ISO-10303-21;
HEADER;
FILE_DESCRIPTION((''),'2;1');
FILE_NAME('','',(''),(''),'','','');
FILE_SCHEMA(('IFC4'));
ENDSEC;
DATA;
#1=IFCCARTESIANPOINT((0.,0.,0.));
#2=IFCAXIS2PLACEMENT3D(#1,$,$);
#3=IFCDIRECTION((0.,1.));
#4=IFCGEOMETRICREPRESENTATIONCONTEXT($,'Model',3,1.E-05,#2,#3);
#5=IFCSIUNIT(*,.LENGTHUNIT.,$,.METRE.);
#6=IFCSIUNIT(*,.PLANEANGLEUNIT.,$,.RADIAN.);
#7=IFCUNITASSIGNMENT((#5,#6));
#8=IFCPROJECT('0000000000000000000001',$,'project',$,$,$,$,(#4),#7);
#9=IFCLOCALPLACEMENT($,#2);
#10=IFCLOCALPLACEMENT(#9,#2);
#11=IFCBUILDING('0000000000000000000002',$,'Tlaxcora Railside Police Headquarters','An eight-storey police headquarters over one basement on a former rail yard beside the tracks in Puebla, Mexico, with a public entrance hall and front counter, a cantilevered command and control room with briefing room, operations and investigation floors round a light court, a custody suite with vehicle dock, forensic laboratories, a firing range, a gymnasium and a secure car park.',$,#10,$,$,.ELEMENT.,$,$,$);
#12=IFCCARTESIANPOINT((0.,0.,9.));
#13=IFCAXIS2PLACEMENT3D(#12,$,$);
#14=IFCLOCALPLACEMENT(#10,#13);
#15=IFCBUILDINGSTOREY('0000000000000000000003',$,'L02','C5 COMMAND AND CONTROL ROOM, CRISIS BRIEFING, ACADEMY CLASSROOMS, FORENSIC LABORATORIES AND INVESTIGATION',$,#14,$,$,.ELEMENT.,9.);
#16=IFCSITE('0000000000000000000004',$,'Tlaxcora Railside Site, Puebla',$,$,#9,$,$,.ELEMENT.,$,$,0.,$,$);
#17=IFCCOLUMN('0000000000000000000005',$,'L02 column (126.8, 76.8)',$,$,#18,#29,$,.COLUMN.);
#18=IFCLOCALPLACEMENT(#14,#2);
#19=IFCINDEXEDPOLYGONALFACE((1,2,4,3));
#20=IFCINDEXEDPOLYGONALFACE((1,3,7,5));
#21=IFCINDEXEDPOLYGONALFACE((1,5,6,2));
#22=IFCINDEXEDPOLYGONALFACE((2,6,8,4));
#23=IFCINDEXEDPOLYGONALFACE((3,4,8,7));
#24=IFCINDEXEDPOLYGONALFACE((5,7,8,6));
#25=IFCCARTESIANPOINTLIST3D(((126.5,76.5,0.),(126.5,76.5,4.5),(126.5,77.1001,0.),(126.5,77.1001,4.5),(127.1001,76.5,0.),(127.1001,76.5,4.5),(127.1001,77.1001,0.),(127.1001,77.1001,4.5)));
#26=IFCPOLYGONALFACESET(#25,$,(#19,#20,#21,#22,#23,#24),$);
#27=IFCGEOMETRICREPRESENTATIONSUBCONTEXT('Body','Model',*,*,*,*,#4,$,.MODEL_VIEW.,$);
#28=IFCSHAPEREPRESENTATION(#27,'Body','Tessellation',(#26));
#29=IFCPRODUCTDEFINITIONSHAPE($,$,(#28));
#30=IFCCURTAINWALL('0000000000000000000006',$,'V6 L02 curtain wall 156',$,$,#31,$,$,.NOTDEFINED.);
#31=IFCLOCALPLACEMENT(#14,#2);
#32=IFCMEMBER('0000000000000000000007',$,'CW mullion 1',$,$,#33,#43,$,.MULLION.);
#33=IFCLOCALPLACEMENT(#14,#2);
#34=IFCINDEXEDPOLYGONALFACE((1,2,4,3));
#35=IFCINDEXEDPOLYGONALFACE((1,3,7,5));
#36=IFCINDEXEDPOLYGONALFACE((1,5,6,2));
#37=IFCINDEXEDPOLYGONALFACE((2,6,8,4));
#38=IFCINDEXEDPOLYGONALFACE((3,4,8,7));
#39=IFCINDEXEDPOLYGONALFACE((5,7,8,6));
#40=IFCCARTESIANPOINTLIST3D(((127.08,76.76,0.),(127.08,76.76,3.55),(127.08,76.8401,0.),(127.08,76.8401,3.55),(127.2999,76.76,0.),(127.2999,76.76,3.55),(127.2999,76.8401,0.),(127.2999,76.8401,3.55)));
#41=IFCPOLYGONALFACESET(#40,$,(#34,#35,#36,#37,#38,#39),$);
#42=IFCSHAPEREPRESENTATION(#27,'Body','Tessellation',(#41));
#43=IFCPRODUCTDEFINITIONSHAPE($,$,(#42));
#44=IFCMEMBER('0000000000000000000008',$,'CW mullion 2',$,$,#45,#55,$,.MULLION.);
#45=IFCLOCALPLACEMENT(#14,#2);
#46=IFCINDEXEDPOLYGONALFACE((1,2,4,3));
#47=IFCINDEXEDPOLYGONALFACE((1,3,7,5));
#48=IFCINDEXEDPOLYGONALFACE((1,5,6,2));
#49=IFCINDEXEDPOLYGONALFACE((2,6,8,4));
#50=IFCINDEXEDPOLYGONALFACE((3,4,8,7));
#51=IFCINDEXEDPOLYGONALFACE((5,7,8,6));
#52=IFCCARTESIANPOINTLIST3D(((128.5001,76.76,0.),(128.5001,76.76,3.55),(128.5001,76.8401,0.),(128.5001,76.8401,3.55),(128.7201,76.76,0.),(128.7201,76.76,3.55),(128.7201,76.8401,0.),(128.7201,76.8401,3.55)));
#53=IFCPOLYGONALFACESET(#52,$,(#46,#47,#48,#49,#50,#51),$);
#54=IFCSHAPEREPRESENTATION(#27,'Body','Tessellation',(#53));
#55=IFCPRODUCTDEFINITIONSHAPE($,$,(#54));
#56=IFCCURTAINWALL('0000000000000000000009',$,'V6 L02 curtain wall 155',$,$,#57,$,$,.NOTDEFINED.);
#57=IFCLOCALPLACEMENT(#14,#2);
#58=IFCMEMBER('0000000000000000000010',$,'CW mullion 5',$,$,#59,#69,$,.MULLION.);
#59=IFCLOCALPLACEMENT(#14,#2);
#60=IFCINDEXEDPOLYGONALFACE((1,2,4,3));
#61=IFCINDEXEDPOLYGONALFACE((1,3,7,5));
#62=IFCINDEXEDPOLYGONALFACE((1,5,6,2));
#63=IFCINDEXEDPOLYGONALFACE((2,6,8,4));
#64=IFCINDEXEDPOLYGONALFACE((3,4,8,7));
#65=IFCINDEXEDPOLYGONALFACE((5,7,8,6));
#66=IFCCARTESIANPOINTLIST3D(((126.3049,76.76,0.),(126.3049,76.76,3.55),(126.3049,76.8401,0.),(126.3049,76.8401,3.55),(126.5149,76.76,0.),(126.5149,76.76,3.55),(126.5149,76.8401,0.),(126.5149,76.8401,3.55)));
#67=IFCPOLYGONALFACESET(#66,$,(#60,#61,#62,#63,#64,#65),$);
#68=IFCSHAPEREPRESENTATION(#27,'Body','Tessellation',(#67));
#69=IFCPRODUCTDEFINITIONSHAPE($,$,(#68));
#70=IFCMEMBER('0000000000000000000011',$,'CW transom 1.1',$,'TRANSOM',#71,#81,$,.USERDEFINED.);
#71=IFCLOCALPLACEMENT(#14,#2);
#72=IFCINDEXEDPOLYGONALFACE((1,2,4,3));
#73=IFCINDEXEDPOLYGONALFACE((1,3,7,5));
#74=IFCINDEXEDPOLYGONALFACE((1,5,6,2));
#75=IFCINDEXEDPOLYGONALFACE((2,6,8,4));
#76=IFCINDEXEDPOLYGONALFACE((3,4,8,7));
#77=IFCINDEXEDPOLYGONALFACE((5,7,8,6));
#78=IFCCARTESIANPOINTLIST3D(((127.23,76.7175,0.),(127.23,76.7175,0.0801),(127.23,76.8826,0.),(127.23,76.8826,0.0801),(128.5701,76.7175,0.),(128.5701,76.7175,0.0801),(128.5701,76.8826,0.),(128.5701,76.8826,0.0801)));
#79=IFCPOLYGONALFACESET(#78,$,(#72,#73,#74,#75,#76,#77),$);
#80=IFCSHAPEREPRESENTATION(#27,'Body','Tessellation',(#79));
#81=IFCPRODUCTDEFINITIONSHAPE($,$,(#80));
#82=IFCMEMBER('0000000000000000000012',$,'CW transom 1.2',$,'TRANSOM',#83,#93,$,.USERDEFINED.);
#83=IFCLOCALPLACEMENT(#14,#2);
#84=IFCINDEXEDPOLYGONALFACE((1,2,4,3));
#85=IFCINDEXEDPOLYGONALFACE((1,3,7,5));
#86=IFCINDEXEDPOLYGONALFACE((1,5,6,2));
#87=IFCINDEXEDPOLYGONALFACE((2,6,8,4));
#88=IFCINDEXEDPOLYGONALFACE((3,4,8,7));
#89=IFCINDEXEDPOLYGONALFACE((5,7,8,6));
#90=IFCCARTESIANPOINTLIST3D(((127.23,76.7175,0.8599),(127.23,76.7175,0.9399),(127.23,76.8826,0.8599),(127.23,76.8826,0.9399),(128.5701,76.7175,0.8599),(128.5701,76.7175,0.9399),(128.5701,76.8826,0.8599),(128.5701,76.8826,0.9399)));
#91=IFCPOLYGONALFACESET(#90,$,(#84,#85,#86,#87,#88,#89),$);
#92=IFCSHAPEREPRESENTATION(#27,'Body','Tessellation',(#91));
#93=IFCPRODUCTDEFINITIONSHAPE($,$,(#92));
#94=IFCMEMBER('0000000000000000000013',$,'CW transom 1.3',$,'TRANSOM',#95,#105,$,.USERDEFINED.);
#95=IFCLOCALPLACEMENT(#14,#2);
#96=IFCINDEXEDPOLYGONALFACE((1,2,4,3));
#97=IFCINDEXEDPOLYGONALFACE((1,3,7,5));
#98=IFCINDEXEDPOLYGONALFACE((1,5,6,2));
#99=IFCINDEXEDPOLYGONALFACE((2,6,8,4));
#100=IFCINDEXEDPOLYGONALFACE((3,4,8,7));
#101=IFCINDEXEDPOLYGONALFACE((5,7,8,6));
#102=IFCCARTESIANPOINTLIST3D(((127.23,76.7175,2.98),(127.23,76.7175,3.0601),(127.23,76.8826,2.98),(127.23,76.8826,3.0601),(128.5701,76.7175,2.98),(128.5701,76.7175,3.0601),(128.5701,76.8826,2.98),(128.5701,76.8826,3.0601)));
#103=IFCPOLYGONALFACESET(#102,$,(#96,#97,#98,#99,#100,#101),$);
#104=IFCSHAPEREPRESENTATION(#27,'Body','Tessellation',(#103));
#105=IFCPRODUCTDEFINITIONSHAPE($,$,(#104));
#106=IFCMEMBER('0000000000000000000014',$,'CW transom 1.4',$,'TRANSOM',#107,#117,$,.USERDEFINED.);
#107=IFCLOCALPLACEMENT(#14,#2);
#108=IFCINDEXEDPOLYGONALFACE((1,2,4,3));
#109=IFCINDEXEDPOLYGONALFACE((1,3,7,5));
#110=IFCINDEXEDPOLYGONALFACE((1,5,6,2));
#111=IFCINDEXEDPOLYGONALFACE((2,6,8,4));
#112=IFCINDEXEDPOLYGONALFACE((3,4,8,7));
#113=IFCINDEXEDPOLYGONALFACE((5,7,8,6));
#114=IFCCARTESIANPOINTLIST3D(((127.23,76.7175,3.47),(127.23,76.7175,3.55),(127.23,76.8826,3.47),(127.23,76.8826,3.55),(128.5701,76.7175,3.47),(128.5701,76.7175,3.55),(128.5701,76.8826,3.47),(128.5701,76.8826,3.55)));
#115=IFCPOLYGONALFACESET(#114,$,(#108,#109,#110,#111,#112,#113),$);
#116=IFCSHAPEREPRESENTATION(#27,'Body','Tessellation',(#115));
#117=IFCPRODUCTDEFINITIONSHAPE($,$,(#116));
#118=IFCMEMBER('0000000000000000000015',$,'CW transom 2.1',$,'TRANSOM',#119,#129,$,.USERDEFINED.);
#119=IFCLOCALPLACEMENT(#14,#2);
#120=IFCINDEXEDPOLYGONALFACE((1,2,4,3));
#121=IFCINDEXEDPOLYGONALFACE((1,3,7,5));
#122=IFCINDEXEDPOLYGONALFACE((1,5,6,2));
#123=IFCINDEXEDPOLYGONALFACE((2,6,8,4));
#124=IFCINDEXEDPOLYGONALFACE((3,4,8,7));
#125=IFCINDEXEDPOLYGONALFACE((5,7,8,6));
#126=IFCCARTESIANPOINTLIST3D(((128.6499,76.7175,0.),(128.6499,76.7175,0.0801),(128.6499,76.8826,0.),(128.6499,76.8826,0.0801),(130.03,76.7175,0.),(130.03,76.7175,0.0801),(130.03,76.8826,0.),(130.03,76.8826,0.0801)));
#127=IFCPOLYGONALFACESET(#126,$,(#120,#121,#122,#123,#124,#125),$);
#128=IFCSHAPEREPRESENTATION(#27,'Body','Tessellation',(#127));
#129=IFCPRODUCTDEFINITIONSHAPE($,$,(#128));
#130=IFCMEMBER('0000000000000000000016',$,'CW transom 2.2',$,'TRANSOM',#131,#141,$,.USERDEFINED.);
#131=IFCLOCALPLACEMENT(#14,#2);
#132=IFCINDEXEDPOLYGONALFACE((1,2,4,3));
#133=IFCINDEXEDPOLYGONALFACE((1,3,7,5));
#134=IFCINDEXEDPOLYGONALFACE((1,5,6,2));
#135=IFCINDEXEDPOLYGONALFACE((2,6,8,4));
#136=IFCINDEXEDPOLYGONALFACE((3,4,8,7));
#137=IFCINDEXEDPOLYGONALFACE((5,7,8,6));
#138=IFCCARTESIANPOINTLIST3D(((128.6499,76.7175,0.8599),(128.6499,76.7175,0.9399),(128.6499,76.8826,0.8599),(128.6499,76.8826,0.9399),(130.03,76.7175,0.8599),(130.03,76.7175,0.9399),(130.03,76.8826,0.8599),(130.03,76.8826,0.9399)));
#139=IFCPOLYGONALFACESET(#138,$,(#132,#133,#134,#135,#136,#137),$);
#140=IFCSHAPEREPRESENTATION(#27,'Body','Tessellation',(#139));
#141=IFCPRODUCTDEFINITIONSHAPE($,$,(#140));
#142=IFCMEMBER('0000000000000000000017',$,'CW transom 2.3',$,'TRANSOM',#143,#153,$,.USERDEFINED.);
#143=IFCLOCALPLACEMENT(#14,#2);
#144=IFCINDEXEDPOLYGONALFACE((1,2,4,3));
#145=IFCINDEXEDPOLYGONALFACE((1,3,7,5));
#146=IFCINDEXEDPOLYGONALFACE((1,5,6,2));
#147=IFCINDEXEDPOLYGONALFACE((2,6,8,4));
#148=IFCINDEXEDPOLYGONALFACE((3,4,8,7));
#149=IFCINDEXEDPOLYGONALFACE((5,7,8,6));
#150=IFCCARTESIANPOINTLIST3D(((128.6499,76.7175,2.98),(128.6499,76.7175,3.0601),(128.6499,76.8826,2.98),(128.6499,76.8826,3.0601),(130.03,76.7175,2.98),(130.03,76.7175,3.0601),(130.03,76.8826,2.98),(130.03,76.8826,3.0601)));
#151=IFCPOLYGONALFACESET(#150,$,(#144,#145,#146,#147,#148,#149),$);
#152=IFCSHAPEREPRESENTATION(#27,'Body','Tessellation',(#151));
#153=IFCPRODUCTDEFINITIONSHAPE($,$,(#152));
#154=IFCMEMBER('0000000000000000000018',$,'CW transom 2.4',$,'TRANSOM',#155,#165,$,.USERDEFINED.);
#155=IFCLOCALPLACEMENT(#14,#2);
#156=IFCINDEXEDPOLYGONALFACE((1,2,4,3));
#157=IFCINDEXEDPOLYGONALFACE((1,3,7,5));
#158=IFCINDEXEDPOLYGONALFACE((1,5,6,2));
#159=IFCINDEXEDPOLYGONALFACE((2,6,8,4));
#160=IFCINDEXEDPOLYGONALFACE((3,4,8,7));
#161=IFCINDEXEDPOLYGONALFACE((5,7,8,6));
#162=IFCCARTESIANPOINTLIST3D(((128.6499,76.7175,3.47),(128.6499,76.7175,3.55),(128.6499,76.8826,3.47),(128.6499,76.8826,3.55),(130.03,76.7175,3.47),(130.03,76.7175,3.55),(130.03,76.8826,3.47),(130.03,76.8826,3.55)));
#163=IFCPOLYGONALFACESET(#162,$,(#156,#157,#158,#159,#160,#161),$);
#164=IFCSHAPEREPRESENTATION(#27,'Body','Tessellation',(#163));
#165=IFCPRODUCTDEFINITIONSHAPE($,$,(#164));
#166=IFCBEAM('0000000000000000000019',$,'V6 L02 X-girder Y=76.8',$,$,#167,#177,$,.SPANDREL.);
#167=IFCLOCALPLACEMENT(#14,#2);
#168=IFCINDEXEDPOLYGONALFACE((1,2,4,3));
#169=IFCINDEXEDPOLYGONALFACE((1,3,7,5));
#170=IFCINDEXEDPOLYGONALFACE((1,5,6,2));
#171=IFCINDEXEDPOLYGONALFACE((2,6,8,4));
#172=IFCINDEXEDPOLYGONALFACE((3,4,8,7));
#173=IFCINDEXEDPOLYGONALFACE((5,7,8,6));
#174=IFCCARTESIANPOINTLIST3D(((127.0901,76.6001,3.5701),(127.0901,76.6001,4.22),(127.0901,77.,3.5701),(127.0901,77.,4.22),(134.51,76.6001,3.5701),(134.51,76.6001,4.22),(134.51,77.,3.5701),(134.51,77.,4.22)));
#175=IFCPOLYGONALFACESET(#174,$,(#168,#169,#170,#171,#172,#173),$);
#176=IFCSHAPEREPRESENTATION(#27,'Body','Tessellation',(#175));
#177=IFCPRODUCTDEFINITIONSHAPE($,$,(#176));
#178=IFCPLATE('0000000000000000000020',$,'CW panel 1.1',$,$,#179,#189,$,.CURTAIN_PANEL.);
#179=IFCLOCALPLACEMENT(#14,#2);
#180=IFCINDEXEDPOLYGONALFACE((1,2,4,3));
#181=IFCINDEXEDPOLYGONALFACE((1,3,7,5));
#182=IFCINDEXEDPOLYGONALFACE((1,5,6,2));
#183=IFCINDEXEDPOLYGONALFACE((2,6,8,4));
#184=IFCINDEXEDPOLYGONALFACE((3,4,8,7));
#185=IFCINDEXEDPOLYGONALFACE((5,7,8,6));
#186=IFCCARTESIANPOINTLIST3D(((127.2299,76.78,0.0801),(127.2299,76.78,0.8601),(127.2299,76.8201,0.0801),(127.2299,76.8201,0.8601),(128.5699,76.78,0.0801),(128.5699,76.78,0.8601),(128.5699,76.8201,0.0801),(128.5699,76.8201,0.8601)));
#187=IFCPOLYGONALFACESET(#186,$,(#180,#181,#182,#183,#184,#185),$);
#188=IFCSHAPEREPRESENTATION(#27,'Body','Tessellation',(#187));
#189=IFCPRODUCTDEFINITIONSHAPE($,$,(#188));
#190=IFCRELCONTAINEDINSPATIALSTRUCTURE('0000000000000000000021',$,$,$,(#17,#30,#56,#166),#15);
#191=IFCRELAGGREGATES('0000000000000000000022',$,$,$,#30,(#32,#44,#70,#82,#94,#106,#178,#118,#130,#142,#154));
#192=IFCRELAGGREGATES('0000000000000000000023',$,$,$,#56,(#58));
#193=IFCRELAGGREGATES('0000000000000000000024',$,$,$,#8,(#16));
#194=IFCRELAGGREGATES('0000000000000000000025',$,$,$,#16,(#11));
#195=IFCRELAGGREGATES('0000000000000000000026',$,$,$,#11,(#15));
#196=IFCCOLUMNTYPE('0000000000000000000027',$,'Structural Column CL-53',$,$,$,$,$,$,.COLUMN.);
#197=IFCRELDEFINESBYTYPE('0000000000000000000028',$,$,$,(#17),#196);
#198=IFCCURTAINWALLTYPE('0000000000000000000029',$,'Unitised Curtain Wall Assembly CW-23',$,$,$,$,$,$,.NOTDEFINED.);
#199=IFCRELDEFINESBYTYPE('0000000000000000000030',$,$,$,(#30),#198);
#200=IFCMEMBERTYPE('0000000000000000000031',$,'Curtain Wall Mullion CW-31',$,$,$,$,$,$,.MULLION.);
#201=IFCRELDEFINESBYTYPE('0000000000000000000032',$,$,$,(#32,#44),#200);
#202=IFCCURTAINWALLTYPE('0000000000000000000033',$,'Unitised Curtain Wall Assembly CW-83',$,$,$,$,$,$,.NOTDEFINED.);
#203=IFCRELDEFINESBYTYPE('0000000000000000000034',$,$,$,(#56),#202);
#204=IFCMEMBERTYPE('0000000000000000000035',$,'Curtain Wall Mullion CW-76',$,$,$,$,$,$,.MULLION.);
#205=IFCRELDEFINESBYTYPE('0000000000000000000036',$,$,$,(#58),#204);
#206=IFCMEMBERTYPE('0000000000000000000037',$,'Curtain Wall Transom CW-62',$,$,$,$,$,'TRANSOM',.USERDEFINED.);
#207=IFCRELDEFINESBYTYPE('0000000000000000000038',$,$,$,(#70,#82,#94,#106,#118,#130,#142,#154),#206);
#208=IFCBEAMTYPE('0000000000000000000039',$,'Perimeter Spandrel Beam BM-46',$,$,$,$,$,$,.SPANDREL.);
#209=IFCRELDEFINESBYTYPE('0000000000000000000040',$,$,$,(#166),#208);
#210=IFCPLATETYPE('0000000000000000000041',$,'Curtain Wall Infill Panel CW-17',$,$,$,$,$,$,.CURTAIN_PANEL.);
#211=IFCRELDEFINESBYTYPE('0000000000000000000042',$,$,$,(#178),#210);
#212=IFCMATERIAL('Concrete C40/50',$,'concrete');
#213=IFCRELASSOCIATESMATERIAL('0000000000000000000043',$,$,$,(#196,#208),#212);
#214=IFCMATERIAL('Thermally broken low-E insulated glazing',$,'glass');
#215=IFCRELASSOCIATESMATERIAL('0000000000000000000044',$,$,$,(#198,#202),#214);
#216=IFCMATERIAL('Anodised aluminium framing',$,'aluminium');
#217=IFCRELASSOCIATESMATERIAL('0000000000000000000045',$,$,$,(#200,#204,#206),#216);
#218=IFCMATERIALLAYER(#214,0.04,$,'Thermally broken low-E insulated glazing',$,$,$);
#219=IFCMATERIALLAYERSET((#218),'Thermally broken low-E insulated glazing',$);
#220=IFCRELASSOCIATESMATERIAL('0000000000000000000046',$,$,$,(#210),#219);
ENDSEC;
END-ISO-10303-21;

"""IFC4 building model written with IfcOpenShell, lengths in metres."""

from ifc_helpers import new_model, si_unit, direction, frame, origin, origin_2d, place, context, subcontext, project, spatial, rectangle, extrude, material, layer, layer_set, material_profile, profile_set, type_object, element, aggregate, save


model = new_model("IFC4")

# Units and contexts
model_context = context("Model", 3, precision=1e-05, world=origin(), true_north=direction((0.0, 1.0)))
body_context = subcontext(model_context, "Body", "Model", "MODEL_VIEW")
ifc_project = project(units=[si_unit("LENGTHUNIT", "METRE"), si_unit("PLANEANGLEUNIT", "RADIAN")], contexts=[model_context])

# Site, building, storey
site_placement = place(None, origin())
site = spatial("IfcSite", under=ifc_project, at=site_placement, Name="Tlaxcora Railside Site, Puebla", CompositionType="ELEMENT", RefElevation=0.0)
building_placement = place(site_placement, origin())
building = spatial("IfcBuilding", under=site, at=building_placement, Name="Tlaxcora Railside Police Headquarters", Description="An eight-storey police headquarters over one basement on a former rail yard beside the tracks in Puebla, Mexico, with a public entrance hall and front counter, a cantilevered command and control room with briefing room, operations and investigation floors round a light court, a custody suite with vehicle dock, forensic laboratories, a firing range, a gymnasium and a secure car park.", CompositionType="ELEMENT")
storey_placement = place(building_placement, frame((0.0, 0.0, 9.0)))
storey = spatial("IfcBuildingStorey", under=building, at=storey_placement, Name="L02", Description="C5 COMMAND AND CONTROL ROOM, CRISIS BRIEFING, ACADEMY CLASSROOMS, FORENSIC LABORATORIES AND INVESTIGATION", CompositionType="ELEMENT", Elevation=9.0)

# Column
ifc_material_1 = material(Name="Concrete C40/50", Category="concrete")
ifc_material_profile_1 = material_profile(ifc_material_1, rectangle(XDim=0.6001, YDim=0.6001, at=origin_2d()), Name="RC600X600")
ifc_profile_set_1 = profile_set([ifc_material_profile_1], Name="Concrete C40/50")
column_type = type_object("IfcColumnType", Name="Structural Column CL-53", PredefinedType="COLUMN", material=ifc_profile_set_1)
column_placement = place(storey_placement, frame((126.8, 76.8, 0.0), z_axis=(0.0, 0.0, 1.0), x_axis=(1.0, 0.0, 0.0)))
element("IfcColumn", 1, at=column_placement, inside=storey, type_object=column_type, Name="L02 column (126.8, 76.8)", PredefinedType="COLUMN", context=body_context, shape_type="SweptSolid", body=[
    extrude(rectangle(XDim=0.6001, YDim=0.6001, at=origin_2d()), origin(), (0.0, 0.0, 1.0), 4.5),
])

# Curtain wall, members
ifc_material_2 = material(Name="Thermally broken low-E insulated glazing", Category="glass")
curtain_wall_type_1 = type_object("IfcCurtainWallType", Name="Unitised Curtain Wall Assembly CW-23", PredefinedType="NOTDEFINED", material=ifc_material_2)
curtain_wall_1_placement = place(storey_placement, origin())
curtain_wall_1 = element("IfcCurtainWall", 2, at=curtain_wall_1_placement, inside=storey, type_object=curtain_wall_type_1, Name="V6 L02 curtain wall 156", PredefinedType="NOTDEFINED")
ifc_material_3 = material(Name="Anodised aluminium framing", Category="aluminium")
ifc_material_profile_2 = material_profile(ifc_material_3, rectangle(XDim=0.0801, YDim=0.22, at=origin_2d()), Name="AL80X220")
ifc_profile_set_2 = profile_set([ifc_material_profile_2], Name="Anodised aluminium framing")
member_type_1 = type_object("IfcMemberType", Name="Curtain Wall Mullion CW-31", PredefinedType="MULLION", material=ifc_profile_set_2)
member_1_placement = place(storey_placement, frame((127.1899, 76.8, 0.0), z_axis=(0.0, 0.0, 1.0), x_axis=(0.0, 1.0, 0.0)))
member_1 = element("IfcMember", 3, at=member_1_placement, type_object=member_type_1, Name="CW mullion 1", PredefinedType="MULLION", context=body_context, shape_type="SweptSolid", body=[
    extrude(rectangle(XDim=0.0801, YDim=0.22, at=origin_2d()), origin(), (0.0, 0.0, 1.0), 3.55),
])
member_2_placement = place(storey_placement, frame((128.6101, 76.8, 0.0), z_axis=(0.0, 0.0, 1.0), x_axis=(0.0, 1.0, 0.0)))
member_2 = element("IfcMember", 4, at=member_2_placement, type_object=member_type_1, Name="CW mullion 2", PredefinedType="MULLION", context=body_context, shape_type="SweptSolid", body=[
    extrude(rectangle(XDim=0.0801, YDim=0.22, at=origin_2d()), origin(), (0.0, 0.0, 1.0), 3.55),
])

# Curtain wall, member
curtain_wall_type_2 = type_object("IfcCurtainWallType", Name="Unitised Curtain Wall Assembly CW-83", PredefinedType="NOTDEFINED", material=ifc_material_2)
curtain_wall_2_placement = place(storey_placement, origin())
curtain_wall_2 = element("IfcCurtainWall", 5, at=curtain_wall_2_placement, inside=storey, type_object=curtain_wall_type_2, Name="V6 L02 curtain wall 155", PredefinedType="NOTDEFINED")
ifc_material_profile_3 = material_profile(ifc_material_3, rectangle(XDim=0.0801, YDim=0.21, at=origin_2d()), Name="AL80X210")
ifc_profile_set_3 = profile_set([ifc_material_profile_3], Name="Anodised aluminium framing")
member_type_2 = type_object("IfcMemberType", Name="Curtain Wall Mullion CW-76", PredefinedType="MULLION", material=ifc_profile_set_3)
member_3_placement = place(storey_placement, frame((126.4099, 76.8, 0.0), z_axis=(0.0, 0.0, 1.0), x_axis=(0.0, 1.0, 0.0)))
member_3 = element("IfcMember", 6, at=member_3_placement, type_object=member_type_2, Name="CW mullion 5", PredefinedType="MULLION", context=body_context, shape_type="SweptSolid", body=[
    extrude(rectangle(XDim=0.0801, YDim=0.21, at=origin_2d()), origin(), (0.0, 0.0, 1.0), 3.55),
])

# Members
ifc_material_profile_4 = material_profile(ifc_material_3, rectangle(XDim=0.165, YDim=0.0801, at=origin_2d()), Name="AL80X165")
ifc_profile_set_4 = profile_set([ifc_material_profile_4], Name="Anodised aluminium framing")
member_type_3 = type_object("IfcMemberType", Name="Curtain Wall Transom CW-62", ElementType="TRANSOM", PredefinedType="USERDEFINED", material=ifc_profile_set_4)
member_4_placement = place(storey_placement, frame((127.23, 76.8, 0.04), z_axis=(1.0, 0.0, 0.0), x_axis=(0.0, 1.0, 0.0)))
member_4 = element("IfcMember", 7, at=member_4_placement, type_object=member_type_3, Name="CW transom 1.1", ObjectType="TRANSOM", PredefinedType="USERDEFINED", context=body_context, shape_type="SweptSolid", body=[
    extrude(rectangle(XDim=0.165, YDim=0.0801, at=origin_2d()), origin(), (0.0, 0.0, 1.0), 1.3401),
])
member_5_placement = place(storey_placement, frame((127.23, 76.8, 0.8999), z_axis=(1.0, 0.0, 0.0), x_axis=(0.0, 1.0, 0.0)))
member_5 = element("IfcMember", 8, at=member_5_placement, type_object=member_type_3, Name="CW transom 1.2", ObjectType="TRANSOM", PredefinedType="USERDEFINED", context=body_context, shape_type="SweptSolid", body=[
    extrude(rectangle(XDim=0.165, YDim=0.0801, at=origin_2d()), origin(), (0.0, 0.0, 1.0), 1.3401),
])
member_6_placement = place(storey_placement, frame((127.23, 76.8, 3.02), z_axis=(1.0, 0.0, 0.0), x_axis=(0.0, 1.0, 0.0)))
member_6 = element("IfcMember", 9, at=member_6_placement, type_object=member_type_3, Name="CW transom 1.3", ObjectType="TRANSOM", PredefinedType="USERDEFINED", context=body_context, shape_type="SweptSolid", body=[
    extrude(rectangle(XDim=0.165, YDim=0.0801, at=origin_2d()), origin(), (0.0, 0.0, 1.0), 1.3401),
])
member_7_placement = place(storey_placement, frame((127.23, 76.8, 3.51), z_axis=(1.0, 0.0, 0.0), x_axis=(0.0, 1.0, 0.0)))
member_7 = element("IfcMember", 10, at=member_7_placement, type_object=member_type_3, Name="CW transom 1.4", ObjectType="TRANSOM", PredefinedType="USERDEFINED", context=body_context, shape_type="SweptSolid", body=[
    extrude(rectangle(XDim=0.165, YDim=0.0801, at=origin_2d()), origin(), (0.0, 0.0, 1.0), 1.3401),
])
member_8_placement = place(storey_placement, frame((128.6499, 76.8, 0.04), z_axis=(1.0, 0.0, 0.0), x_axis=(0.0, 1.0, 0.0)))
member_8 = element("IfcMember", 11, at=member_8_placement, type_object=member_type_3, Name="CW transom 2.1", ObjectType="TRANSOM", PredefinedType="USERDEFINED", context=body_context, shape_type="SweptSolid", body=[
    extrude(rectangle(XDim=0.165, YDim=0.0801, at=origin_2d()), origin(), (0.0, 0.0, 1.0), 1.3801),
])
member_9_placement = place(storey_placement, frame((128.6499, 76.8, 0.8999), z_axis=(1.0, 0.0, 0.0), x_axis=(0.0, 1.0, 0.0)))
member_9 = element("IfcMember", 12, at=member_9_placement, type_object=member_type_3, Name="CW transom 2.2", ObjectType="TRANSOM", PredefinedType="USERDEFINED", context=body_context, shape_type="SweptSolid", body=[
    extrude(rectangle(XDim=0.165, YDim=0.0801, at=origin_2d()), origin(), (0.0, 0.0, 1.0), 1.3801),
])
member_10_placement = place(storey_placement, frame((128.6499, 76.8, 3.02), z_axis=(1.0, 0.0, 0.0), x_axis=(0.0, 1.0, 0.0)))
member_10 = element("IfcMember", 13, at=member_10_placement, type_object=member_type_3, Name="CW transom 2.3", ObjectType="TRANSOM", PredefinedType="USERDEFINED", context=body_context, shape_type="SweptSolid", body=[
    extrude(rectangle(XDim=0.165, YDim=0.0801, at=origin_2d()), origin(), (0.0, 0.0, 1.0), 1.3801),
])
member_11_placement = place(storey_placement, frame((128.6499, 76.8, 3.51), z_axis=(1.0, 0.0, 0.0), x_axis=(0.0, 1.0, 0.0)))
member_11 = element("IfcMember", 14, at=member_11_placement, type_object=member_type_3, Name="CW transom 2.4", ObjectType="TRANSOM", PredefinedType="USERDEFINED", context=body_context, shape_type="SweptSolid", body=[
    extrude(rectangle(XDim=0.165, YDim=0.0801, at=origin_2d()), origin(), (0.0, 0.0, 1.0), 1.3801),
])

# Beam
ifc_material_profile_5 = material_profile(ifc_material_1, rectangle(XDim=0.3999, YDim=0.6499, at=origin_2d()), Name="RC400X650")
ifc_profile_set_5 = profile_set([ifc_material_profile_5], Name="Concrete C40/50")
beam_type = type_object("IfcBeamType", Name="Perimeter Spandrel Beam BM-46", PredefinedType="SPANDREL", material=ifc_profile_set_5)
beam_placement = place(storey_placement, frame((127.0901, 76.8, 3.895), z_axis=(1.0, 0.0, 0.0), x_axis=(0.0, 1.0, 0.0)))
element("IfcBeam", 15, at=beam_placement, inside=storey, type_object=beam_type, Name="V6 L02 X-girder Y=76.8", PredefinedType="SPANDREL", context=body_context, shape_type="SweptSolid", body=[
    extrude(rectangle(XDim=0.3999, YDim=0.6499, at=origin_2d()), origin(), (0.0, 0.0, 1.0), 7.4199),
])

# Plate
ifc_layer_1 = layer(ifc_material_2, 0.04, Name="Thermally broken low-E insulated glazing")
ifc_layer_set_1 = layer_set([ifc_layer_1], Name="Thermally broken low-E insulated glazing")
plate_type_1 = type_object("IfcPlateType", Name="Curtain Wall Infill Panel CW-17", PredefinedType="CURTAIN_PANEL", material=ifc_layer_set_1)
plate_1_placement = place(storey_placement, frame((127.8999, 76.8, 0.0801), z_axis=(0.0, 0.0, 1.0), x_axis=(1.0, 0.0, 0.0)))
plate_1 = element("IfcPlate", 16, at=plate_1_placement, type_object=plate_type_1, Name="CW panel 1.1", PredefinedType="CURTAIN_PANEL", context=body_context, shape_type="SweptSolid", body=[
    extrude(rectangle(XDim=1.3401, YDim=0.04, at=origin_2d()), origin(), (0.0, 0.0, 1.0), 0.78),
])
aggregate(curtain_wall_1, [member_1, member_2, member_4, member_5, member_6, member_7, plate_1, member_8, member_9, member_10, member_11])
aggregate(curtain_wall_2, [member_3])

save(model, "model.ifc")
